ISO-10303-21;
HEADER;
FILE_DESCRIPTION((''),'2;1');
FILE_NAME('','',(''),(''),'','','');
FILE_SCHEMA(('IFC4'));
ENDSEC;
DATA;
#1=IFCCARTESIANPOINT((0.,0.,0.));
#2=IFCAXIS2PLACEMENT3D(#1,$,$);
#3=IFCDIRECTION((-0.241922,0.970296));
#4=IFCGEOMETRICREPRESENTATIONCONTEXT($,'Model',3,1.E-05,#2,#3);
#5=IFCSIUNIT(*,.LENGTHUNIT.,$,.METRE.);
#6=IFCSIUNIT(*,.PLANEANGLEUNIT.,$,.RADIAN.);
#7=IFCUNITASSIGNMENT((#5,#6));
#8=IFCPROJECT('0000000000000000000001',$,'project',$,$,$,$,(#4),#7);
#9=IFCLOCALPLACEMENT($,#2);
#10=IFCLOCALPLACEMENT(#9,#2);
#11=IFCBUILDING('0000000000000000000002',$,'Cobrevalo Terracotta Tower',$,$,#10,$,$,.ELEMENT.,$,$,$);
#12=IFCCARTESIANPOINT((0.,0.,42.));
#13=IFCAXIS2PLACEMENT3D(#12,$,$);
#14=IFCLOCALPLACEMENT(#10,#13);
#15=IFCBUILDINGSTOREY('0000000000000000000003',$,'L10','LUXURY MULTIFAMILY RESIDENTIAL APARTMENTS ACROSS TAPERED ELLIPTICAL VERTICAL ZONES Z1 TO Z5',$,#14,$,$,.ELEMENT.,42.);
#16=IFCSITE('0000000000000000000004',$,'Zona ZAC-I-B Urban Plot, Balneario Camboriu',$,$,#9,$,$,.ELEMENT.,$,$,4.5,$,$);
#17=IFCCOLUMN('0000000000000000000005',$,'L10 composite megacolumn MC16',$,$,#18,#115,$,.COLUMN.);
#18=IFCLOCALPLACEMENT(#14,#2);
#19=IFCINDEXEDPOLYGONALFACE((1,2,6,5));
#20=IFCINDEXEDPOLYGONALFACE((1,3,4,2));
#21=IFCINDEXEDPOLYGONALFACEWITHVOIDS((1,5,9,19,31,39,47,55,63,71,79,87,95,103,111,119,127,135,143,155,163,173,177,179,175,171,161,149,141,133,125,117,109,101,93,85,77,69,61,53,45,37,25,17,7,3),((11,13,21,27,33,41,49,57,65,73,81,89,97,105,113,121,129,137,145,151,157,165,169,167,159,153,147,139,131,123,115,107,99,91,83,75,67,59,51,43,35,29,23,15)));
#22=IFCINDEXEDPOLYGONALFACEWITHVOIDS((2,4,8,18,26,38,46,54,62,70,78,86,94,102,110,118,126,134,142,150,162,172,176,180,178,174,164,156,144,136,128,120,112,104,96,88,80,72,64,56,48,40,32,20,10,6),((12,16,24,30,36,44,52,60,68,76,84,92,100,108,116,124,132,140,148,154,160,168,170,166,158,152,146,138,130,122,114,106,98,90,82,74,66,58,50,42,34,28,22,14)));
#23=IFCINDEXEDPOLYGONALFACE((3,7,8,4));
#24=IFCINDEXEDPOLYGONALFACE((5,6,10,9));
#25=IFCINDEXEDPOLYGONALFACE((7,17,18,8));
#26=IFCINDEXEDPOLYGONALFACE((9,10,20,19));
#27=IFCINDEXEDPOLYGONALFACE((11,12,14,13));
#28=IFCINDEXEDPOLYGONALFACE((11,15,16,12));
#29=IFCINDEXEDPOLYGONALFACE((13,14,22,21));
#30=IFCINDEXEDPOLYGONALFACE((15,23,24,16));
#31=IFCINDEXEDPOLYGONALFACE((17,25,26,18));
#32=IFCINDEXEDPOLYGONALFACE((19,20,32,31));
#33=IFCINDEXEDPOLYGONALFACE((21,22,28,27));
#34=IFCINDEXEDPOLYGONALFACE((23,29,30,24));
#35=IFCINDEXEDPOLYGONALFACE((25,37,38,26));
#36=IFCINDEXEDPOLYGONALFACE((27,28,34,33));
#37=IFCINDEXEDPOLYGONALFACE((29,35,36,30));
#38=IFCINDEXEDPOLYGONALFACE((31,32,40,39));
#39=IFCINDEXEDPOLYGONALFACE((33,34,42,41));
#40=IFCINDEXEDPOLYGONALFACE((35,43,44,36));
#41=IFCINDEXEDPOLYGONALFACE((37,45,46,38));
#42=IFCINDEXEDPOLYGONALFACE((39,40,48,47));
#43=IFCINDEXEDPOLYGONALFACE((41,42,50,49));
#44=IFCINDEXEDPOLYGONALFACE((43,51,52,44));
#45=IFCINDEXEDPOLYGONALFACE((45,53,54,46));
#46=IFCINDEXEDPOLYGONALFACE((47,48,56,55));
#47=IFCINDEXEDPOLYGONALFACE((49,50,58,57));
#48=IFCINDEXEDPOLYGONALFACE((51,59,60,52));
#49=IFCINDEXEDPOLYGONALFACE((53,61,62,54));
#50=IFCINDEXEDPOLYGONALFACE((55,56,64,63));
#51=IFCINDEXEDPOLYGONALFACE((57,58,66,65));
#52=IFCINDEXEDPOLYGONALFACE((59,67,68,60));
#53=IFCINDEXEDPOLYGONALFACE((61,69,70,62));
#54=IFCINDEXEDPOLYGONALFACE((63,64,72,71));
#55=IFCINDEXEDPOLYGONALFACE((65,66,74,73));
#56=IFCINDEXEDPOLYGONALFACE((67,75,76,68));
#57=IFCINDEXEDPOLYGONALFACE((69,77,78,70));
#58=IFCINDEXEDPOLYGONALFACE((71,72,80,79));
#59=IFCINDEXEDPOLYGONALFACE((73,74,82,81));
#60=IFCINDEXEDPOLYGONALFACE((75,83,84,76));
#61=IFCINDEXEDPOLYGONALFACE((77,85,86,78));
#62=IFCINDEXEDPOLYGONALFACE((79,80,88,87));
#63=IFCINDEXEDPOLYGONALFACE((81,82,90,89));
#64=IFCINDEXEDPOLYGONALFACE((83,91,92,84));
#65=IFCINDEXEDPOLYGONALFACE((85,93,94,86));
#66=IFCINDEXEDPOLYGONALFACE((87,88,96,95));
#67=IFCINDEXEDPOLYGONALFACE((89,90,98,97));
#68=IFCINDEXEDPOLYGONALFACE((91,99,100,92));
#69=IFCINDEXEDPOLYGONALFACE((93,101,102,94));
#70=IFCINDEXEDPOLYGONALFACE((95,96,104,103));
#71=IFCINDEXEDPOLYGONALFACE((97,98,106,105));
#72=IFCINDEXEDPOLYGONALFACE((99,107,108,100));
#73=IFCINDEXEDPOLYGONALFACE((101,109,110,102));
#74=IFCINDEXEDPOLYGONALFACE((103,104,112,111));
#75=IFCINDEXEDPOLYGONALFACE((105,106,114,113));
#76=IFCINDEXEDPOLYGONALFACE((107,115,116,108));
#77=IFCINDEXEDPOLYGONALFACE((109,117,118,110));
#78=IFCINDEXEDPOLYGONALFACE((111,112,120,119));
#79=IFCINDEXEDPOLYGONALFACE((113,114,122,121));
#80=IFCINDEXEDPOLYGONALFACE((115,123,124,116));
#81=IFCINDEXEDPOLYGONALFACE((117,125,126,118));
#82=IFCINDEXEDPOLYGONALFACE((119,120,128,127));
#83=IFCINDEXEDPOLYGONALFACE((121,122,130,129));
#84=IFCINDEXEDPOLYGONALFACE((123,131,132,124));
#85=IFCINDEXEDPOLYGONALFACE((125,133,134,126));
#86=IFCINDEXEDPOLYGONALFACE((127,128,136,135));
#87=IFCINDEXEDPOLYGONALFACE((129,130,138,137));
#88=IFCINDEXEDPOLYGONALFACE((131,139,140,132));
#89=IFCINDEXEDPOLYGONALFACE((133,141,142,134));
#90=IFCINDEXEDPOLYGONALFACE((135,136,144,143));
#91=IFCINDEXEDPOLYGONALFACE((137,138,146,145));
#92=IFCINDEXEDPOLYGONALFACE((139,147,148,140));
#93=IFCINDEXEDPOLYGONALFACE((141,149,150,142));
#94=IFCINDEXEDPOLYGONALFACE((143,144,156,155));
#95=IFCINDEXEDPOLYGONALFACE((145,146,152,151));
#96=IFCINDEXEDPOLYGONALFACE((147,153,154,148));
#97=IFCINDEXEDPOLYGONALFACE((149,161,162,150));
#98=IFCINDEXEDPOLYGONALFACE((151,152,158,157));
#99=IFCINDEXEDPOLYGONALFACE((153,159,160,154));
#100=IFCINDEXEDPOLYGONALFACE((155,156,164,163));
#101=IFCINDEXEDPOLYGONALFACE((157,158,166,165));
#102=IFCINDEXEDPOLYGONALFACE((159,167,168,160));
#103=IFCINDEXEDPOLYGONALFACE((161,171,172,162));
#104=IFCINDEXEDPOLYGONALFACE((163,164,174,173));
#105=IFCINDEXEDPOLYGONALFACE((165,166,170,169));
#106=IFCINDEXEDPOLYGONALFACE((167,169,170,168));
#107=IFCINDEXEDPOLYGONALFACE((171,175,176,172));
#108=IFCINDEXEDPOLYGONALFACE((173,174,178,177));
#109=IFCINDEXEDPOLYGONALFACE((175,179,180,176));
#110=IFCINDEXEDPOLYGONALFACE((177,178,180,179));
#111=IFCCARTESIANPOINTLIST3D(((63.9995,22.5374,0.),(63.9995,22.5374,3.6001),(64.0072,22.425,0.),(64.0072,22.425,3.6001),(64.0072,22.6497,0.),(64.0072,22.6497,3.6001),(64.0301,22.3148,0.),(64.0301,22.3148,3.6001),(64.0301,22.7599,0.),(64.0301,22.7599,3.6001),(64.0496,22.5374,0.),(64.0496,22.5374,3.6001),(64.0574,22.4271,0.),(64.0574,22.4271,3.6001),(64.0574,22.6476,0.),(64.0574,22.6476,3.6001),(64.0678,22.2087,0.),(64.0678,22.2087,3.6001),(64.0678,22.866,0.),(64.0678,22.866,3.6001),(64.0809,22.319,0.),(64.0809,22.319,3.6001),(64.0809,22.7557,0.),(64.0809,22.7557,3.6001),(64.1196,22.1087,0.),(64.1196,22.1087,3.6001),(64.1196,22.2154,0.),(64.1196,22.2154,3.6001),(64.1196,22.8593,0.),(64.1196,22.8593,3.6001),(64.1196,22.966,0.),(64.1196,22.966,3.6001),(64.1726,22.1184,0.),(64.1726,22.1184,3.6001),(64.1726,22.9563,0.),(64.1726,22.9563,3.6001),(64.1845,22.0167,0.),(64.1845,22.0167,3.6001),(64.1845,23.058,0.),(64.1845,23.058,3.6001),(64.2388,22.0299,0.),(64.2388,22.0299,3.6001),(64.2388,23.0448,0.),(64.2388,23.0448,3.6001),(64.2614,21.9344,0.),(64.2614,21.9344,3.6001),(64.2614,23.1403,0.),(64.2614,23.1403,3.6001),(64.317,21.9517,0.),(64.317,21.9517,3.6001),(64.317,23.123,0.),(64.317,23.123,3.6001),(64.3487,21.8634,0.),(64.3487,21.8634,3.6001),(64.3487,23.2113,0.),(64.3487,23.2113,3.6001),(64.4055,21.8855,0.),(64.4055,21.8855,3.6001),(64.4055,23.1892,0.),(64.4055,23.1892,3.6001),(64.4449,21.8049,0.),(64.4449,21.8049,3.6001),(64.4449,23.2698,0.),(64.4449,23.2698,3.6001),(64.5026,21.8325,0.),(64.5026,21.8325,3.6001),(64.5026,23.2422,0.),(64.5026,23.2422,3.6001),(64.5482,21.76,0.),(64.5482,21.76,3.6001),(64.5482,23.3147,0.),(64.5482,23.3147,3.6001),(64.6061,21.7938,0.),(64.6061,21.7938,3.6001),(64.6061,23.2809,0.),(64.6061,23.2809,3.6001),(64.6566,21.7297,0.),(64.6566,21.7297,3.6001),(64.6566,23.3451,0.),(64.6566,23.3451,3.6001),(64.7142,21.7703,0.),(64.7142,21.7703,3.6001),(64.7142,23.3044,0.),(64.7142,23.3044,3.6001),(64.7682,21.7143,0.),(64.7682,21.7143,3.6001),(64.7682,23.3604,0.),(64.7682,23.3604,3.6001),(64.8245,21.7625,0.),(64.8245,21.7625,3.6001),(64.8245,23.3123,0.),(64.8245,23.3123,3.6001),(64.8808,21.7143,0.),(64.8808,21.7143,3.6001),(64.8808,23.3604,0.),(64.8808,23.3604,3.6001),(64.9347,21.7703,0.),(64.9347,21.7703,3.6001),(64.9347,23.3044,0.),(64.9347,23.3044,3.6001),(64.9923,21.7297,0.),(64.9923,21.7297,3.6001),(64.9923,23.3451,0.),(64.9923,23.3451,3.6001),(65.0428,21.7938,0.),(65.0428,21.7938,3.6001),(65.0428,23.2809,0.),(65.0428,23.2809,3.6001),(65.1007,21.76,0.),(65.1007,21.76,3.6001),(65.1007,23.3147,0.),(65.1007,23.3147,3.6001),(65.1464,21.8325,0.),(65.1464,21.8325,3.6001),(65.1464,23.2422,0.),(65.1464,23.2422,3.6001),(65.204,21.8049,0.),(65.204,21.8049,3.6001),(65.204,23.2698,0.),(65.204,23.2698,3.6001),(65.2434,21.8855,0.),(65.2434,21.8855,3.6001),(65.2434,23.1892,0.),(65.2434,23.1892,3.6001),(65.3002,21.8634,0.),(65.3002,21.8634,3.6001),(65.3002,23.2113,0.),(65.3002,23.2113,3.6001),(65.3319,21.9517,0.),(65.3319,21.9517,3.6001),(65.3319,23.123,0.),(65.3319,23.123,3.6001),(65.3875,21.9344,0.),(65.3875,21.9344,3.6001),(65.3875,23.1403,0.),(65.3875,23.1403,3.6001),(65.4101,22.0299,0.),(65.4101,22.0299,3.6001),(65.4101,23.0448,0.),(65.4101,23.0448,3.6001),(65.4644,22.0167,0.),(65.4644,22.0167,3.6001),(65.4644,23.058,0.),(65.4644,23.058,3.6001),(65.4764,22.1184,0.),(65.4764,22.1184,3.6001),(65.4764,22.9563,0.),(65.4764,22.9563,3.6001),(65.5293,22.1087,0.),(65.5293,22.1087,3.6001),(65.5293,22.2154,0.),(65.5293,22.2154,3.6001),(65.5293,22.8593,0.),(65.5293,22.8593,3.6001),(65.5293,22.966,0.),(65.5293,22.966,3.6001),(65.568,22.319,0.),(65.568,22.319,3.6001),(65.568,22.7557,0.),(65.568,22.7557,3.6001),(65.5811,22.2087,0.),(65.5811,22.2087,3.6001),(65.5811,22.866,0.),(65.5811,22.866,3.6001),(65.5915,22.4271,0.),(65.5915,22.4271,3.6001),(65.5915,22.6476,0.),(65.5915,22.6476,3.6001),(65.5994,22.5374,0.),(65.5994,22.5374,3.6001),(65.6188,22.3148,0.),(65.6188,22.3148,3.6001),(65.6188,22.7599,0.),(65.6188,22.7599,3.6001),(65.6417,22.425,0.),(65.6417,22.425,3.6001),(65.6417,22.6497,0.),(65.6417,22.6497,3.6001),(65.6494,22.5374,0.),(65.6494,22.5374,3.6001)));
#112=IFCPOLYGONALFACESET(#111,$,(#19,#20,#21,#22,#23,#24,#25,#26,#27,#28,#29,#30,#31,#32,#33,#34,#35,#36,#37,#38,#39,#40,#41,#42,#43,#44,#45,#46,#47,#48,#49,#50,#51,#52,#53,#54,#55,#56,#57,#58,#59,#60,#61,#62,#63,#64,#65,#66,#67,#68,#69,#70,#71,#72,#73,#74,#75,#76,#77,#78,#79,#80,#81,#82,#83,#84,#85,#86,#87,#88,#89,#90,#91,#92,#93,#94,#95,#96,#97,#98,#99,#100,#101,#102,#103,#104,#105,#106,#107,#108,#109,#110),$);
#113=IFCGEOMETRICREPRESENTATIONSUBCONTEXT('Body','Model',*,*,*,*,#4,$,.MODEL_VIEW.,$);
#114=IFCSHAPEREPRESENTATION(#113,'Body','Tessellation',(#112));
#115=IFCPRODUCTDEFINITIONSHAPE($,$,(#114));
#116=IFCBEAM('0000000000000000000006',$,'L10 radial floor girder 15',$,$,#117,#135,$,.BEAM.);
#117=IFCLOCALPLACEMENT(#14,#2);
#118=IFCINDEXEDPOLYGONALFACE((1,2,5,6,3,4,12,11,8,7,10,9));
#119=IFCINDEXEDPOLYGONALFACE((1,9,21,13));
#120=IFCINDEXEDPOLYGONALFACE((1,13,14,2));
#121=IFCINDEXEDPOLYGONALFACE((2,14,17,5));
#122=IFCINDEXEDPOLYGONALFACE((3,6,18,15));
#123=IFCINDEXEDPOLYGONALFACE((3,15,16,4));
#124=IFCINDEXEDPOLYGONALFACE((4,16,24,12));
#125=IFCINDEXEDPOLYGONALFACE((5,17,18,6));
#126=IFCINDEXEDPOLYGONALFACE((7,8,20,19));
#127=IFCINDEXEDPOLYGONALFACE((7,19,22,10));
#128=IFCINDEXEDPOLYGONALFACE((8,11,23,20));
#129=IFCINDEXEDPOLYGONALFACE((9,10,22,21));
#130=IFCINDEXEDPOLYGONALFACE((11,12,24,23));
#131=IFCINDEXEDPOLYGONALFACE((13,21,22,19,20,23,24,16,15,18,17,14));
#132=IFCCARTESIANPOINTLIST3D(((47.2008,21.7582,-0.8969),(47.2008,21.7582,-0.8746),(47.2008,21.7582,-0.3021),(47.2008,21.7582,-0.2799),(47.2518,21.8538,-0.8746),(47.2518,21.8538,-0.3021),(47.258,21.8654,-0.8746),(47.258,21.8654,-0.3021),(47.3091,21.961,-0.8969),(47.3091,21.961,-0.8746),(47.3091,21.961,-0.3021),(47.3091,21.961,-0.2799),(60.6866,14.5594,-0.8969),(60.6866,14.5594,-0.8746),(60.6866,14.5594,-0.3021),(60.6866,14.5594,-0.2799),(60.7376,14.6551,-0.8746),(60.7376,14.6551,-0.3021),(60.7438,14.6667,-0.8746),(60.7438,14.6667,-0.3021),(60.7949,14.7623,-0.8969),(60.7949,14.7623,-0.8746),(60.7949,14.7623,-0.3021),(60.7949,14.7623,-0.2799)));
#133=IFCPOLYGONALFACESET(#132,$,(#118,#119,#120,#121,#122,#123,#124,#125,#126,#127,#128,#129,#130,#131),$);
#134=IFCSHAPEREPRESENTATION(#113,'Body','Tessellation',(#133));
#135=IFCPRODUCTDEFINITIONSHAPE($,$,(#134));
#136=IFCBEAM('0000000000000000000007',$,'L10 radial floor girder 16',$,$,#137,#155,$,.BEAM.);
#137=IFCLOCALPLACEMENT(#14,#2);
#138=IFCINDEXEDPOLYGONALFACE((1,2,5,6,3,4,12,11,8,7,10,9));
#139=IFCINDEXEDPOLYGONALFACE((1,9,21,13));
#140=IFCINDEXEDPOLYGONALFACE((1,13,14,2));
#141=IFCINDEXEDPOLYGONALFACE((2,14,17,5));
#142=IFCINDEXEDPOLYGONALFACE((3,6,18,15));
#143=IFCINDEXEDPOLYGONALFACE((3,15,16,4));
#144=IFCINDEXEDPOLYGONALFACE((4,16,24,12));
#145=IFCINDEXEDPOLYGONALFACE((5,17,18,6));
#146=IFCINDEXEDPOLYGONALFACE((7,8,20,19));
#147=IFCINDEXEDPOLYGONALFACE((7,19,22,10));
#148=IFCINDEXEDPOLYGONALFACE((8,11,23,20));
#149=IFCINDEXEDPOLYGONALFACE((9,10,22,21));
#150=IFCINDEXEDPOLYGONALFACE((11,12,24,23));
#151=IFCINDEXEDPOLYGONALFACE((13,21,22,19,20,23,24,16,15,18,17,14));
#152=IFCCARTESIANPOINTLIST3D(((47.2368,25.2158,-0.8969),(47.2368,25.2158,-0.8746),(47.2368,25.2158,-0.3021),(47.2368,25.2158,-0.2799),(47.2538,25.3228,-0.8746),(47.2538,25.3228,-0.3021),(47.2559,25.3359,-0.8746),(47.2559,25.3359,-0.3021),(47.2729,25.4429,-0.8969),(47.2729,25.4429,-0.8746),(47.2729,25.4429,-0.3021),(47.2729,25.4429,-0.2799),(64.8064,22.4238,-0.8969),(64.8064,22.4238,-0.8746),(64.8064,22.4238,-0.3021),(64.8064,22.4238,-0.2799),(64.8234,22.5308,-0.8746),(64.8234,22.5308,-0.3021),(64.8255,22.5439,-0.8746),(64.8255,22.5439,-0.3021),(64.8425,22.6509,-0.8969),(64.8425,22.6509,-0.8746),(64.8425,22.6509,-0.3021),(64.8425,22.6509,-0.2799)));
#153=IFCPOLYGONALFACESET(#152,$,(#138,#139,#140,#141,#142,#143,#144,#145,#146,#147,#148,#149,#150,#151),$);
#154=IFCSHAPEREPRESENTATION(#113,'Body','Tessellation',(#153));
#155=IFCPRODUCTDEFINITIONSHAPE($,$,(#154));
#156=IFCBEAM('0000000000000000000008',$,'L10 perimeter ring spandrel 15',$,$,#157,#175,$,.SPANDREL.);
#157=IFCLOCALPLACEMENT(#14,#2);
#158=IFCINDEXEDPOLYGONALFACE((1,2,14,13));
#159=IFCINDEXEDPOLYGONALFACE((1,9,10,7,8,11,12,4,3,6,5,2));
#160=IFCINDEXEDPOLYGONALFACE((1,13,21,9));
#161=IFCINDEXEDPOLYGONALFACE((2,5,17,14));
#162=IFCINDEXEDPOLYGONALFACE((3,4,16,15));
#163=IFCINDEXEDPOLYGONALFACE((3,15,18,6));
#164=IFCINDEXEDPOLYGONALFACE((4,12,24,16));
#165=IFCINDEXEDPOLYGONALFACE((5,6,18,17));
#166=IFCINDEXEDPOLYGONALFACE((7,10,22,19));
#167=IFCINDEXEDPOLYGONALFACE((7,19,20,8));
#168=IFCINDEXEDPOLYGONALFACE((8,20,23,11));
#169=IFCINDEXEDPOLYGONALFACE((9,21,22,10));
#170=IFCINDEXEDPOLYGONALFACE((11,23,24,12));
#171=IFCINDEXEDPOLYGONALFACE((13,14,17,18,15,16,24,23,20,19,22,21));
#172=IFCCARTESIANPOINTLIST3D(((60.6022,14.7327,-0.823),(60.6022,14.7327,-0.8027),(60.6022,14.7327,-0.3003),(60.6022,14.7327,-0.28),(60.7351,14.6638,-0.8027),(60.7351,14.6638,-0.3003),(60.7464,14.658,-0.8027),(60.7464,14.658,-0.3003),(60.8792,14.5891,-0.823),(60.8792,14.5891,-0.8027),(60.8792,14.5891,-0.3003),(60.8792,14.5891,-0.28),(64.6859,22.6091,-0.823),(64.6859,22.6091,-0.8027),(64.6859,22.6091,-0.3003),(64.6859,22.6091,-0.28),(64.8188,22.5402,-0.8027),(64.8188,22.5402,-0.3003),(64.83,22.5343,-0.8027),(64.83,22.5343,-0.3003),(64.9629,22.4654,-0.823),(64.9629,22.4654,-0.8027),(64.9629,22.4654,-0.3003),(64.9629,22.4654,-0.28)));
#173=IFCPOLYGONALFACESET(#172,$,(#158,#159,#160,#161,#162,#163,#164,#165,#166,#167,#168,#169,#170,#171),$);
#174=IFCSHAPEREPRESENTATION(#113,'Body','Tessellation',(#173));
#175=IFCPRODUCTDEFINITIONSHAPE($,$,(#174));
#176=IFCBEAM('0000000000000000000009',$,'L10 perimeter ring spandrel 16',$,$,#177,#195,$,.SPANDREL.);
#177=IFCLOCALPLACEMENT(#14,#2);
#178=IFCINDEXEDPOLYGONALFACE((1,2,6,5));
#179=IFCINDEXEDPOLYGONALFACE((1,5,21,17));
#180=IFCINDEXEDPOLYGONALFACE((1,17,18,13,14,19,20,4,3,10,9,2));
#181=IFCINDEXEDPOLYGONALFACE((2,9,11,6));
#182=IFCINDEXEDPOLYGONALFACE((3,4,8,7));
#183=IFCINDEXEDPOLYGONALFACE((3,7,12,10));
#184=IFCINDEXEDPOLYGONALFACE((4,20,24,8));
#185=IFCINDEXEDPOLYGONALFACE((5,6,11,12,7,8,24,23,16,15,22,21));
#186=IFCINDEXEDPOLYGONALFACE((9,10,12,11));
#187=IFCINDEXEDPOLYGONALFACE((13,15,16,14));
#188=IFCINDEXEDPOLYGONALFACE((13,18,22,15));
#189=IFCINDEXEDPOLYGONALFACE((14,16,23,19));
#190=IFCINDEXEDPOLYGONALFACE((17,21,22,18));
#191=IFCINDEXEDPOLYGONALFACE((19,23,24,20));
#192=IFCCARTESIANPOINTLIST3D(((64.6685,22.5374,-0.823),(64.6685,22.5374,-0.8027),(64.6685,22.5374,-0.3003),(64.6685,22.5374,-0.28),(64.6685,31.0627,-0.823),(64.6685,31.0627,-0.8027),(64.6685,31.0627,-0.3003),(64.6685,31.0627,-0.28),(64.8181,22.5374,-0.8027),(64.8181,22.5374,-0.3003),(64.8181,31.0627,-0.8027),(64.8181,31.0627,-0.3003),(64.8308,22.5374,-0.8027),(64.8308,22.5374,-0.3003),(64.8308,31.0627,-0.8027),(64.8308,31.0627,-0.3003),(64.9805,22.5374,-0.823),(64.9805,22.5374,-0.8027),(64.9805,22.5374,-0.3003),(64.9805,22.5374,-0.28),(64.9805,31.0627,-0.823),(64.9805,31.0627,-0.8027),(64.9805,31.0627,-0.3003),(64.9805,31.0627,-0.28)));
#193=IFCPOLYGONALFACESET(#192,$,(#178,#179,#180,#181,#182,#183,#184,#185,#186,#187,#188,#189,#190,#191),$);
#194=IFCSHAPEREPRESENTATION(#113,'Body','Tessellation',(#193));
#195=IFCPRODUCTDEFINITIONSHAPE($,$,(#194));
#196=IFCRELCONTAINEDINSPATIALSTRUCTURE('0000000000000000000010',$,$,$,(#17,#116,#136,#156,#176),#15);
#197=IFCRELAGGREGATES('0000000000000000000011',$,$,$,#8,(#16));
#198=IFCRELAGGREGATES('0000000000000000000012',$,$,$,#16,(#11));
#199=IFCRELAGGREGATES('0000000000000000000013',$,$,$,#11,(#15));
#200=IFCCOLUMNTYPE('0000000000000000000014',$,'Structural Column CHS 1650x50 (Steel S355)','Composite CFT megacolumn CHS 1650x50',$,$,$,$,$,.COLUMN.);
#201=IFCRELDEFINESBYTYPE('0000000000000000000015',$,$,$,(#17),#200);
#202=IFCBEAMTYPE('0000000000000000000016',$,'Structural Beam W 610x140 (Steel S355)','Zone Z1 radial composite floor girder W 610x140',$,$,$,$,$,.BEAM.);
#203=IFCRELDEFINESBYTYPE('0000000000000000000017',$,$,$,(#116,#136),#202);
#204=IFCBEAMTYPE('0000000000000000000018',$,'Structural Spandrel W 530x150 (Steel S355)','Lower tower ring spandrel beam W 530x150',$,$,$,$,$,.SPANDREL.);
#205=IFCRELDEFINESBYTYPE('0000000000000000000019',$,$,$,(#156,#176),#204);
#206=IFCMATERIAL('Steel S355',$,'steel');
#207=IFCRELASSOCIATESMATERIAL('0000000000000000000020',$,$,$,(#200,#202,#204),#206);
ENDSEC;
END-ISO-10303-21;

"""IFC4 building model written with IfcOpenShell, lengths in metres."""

from ifc_helpers import new_model, si_unit, direction, frame, origin, origin_2d, place, context, subcontext, project, spatial, hollow_circle, i_section, extrude, material, material_profile, profile_set, type_object, element, save


model = new_model("IFC4")

# Units and contexts
model_context = context("Model", 3, precision=1e-05, world=origin(), true_north=direction((-0.241922, 0.970296)))
body_context = subcontext(model_context, "Body", "Model", "MODEL_VIEW")
ifc_project = project(units=[si_unit("LENGTHUNIT", "METRE"), si_unit("PLANEANGLEUNIT", "RADIAN")], contexts=[model_context])

# Site, building, storey
site_placement = place(None, origin())
site = spatial("IfcSite", under=ifc_project, at=site_placement, Name="Zona ZAC-I-B Urban Plot, Balneario Camboriu", CompositionType="ELEMENT", RefElevation=4.5)
building_placement = place(site_placement, origin())
building = spatial("IfcBuilding", under=site, at=building_placement, Name="Cobrevalo Terracotta Tower", CompositionType="ELEMENT")
storey_placement = place(building_placement, frame((0.0, 0.0, 42.0)))
storey = spatial("IfcBuildingStorey", under=building, at=storey_placement, Name="L10", Description="LUXURY MULTIFAMILY RESIDENTIAL APARTMENTS ACROSS TAPERED ELLIPTICAL VERTICAL ZONES Z1 TO Z5", CompositionType="ELEMENT", Elevation=42.0)

# Column
ifc_material_1 = material(Name="Steel S355", Category="steel")
ifc_material_profile_1 = material_profile(ifc_material_1, hollow_circle(Radius=0.825, WallThickness=0.05, at=origin_2d()), Name="CHS 1650x50")
ifc_profile_set_1 = profile_set([ifc_material_profile_1], Name="Steel S355")
column_type = type_object("IfcColumnType", Name="Structural Column CHS 1650x50 (Steel S355)", Description="Composite CFT megacolumn CHS 1650x50", PredefinedType="COLUMN", material=ifc_profile_set_1)
for number, where, z_axis, x_axis, name in (
    (1, (64.8245, 22.5374, 0.0), (0.0, 0.0, 1.0), (1.0, 0.0, 0.0), "L10 composite megacolumn MC16"),
):
    element("IfcColumn", number, at=place(storey_placement, frame(where, z_axis=z_axis, x_axis=x_axis)), inside=storey, type_object=column_type, Name=name, PredefinedType="COLUMN", context=body_context, shape_type="SweptSolid", body=[
        extrude(hollow_circle(Radius=0.825, WallThickness=0.05, at=origin_2d()), origin(), (0.0, 0.0, 1.0), 3.6001),
    ])

# Beams
ifc_material_profile_2 = material_profile(ifc_material_1, i_section(OverallWidth=0.23, OverallDepth=0.6169, WebThickness=0.0132, FlangeThickness=0.0222, at=origin_2d()), Name="W 610x140")
ifc_profile_set_2 = profile_set([ifc_material_profile_2], Name="Steel S355")
beam_type_1 = type_object("IfcBeamType", Name="Structural Beam W 610x140 (Steel S355)", Description="Zone Z1 radial composite floor girder W 610x140", PredefinedType="BEAM", material=ifc_profile_set_2)
beam_1_placement = place(storey_placement, frame((60.7407, 14.6609, -0.5884), z_axis=(-0.882182, 0.470908, 0.0), x_axis=(-0.470908, -0.882182, 0.0)))
element("IfcBeam", 2, at=beam_1_placement, inside=storey, type_object=beam_type_1, Name="L10 radial floor girder 15", PredefinedType="BEAM", context=body_context, shape_type="SweptSolid", body=[
    extrude(i_section(OverallWidth=0.23, OverallDepth=0.6169, WebThickness=0.0132, FlangeThickness=0.0222, at=origin_2d()), origin(), (0.0, 0.0, 1.0), 15.2869),
])
beam_2_placement = place(storey_placement, frame((64.8245, 22.5374, -0.5884), z_axis=(-0.987608, 0.156941, 0.0), x_axis=(-0.156941, -0.987608, 0.0)))
element("IfcBeam", 3, at=beam_2_placement, inside=storey, type_object=beam_type_1, Name="L10 radial floor girder 16", PredefinedType="BEAM", context=body_context, shape_type="SweptSolid", body=[
    extrude(i_section(OverallWidth=0.23, OverallDepth=0.6169, WebThickness=0.0132, FlangeThickness=0.0222, at=origin_2d()), origin(), (0.0, 0.0, 1.0), 17.79),
])
ifc_material_profile_3 = material_profile(ifc_material_1, i_section(OverallWidth=0.312, OverallDepth=0.543, WebThickness=0.0127, FlangeThickness=0.0203, at=origin_2d()), Name="W 530x150")
ifc_profile_set_3 = profile_set([ifc_material_profile_3], Name="Steel S355")
beam_type_2 = type_object("IfcBeamType", Name="Structural Spandrel W 530x150 (Steel S355)", Description="Lower tower ring spandrel beam W 530x150", PredefinedType="SPANDREL", material=ifc_profile_set_3)
beam_3_placement = place(storey_placement, frame((60.7407, 14.6609, -0.5515), z_axis=(0.460286, 0.887771, 0.0), x_axis=(-0.887771, 0.460286, 0.0)))
element("IfcBeam", 4, at=beam_3_placement, inside=storey, type_object=beam_type_2, Name="L10 perimeter ring spandrel 15", PredefinedType="SPANDREL", context=body_context, shape_type="SweptSolid", body=[
    extrude(i_section(OverallWidth=0.312, OverallDepth=0.543, WebThickness=0.0127, FlangeThickness=0.0203, at=origin_2d()), origin(), (0.0, 0.0, 1.0), 8.8721),
])
beam_4_placement = place(storey_placement, frame((64.8245, 22.5374, -0.5515), z_axis=(0.0, 1.0, 0.0), x_axis=(-1.0, 0.0, 0.0)))
element("IfcBeam", 5, at=beam_4_placement, inside=storey, type_object=beam_type_2, Name="L10 perimeter ring spandrel 16", PredefinedType="SPANDREL", context=body_context, shape_type="SweptSolid", body=[
    extrude(i_section(OverallWidth=0.312, OverallDepth=0.543, WebThickness=0.0127, FlangeThickness=0.0203, at=origin_2d()), origin(), (0.0, 0.0, 1.0), 8.5254),
])

save(model, "model.ifc")
